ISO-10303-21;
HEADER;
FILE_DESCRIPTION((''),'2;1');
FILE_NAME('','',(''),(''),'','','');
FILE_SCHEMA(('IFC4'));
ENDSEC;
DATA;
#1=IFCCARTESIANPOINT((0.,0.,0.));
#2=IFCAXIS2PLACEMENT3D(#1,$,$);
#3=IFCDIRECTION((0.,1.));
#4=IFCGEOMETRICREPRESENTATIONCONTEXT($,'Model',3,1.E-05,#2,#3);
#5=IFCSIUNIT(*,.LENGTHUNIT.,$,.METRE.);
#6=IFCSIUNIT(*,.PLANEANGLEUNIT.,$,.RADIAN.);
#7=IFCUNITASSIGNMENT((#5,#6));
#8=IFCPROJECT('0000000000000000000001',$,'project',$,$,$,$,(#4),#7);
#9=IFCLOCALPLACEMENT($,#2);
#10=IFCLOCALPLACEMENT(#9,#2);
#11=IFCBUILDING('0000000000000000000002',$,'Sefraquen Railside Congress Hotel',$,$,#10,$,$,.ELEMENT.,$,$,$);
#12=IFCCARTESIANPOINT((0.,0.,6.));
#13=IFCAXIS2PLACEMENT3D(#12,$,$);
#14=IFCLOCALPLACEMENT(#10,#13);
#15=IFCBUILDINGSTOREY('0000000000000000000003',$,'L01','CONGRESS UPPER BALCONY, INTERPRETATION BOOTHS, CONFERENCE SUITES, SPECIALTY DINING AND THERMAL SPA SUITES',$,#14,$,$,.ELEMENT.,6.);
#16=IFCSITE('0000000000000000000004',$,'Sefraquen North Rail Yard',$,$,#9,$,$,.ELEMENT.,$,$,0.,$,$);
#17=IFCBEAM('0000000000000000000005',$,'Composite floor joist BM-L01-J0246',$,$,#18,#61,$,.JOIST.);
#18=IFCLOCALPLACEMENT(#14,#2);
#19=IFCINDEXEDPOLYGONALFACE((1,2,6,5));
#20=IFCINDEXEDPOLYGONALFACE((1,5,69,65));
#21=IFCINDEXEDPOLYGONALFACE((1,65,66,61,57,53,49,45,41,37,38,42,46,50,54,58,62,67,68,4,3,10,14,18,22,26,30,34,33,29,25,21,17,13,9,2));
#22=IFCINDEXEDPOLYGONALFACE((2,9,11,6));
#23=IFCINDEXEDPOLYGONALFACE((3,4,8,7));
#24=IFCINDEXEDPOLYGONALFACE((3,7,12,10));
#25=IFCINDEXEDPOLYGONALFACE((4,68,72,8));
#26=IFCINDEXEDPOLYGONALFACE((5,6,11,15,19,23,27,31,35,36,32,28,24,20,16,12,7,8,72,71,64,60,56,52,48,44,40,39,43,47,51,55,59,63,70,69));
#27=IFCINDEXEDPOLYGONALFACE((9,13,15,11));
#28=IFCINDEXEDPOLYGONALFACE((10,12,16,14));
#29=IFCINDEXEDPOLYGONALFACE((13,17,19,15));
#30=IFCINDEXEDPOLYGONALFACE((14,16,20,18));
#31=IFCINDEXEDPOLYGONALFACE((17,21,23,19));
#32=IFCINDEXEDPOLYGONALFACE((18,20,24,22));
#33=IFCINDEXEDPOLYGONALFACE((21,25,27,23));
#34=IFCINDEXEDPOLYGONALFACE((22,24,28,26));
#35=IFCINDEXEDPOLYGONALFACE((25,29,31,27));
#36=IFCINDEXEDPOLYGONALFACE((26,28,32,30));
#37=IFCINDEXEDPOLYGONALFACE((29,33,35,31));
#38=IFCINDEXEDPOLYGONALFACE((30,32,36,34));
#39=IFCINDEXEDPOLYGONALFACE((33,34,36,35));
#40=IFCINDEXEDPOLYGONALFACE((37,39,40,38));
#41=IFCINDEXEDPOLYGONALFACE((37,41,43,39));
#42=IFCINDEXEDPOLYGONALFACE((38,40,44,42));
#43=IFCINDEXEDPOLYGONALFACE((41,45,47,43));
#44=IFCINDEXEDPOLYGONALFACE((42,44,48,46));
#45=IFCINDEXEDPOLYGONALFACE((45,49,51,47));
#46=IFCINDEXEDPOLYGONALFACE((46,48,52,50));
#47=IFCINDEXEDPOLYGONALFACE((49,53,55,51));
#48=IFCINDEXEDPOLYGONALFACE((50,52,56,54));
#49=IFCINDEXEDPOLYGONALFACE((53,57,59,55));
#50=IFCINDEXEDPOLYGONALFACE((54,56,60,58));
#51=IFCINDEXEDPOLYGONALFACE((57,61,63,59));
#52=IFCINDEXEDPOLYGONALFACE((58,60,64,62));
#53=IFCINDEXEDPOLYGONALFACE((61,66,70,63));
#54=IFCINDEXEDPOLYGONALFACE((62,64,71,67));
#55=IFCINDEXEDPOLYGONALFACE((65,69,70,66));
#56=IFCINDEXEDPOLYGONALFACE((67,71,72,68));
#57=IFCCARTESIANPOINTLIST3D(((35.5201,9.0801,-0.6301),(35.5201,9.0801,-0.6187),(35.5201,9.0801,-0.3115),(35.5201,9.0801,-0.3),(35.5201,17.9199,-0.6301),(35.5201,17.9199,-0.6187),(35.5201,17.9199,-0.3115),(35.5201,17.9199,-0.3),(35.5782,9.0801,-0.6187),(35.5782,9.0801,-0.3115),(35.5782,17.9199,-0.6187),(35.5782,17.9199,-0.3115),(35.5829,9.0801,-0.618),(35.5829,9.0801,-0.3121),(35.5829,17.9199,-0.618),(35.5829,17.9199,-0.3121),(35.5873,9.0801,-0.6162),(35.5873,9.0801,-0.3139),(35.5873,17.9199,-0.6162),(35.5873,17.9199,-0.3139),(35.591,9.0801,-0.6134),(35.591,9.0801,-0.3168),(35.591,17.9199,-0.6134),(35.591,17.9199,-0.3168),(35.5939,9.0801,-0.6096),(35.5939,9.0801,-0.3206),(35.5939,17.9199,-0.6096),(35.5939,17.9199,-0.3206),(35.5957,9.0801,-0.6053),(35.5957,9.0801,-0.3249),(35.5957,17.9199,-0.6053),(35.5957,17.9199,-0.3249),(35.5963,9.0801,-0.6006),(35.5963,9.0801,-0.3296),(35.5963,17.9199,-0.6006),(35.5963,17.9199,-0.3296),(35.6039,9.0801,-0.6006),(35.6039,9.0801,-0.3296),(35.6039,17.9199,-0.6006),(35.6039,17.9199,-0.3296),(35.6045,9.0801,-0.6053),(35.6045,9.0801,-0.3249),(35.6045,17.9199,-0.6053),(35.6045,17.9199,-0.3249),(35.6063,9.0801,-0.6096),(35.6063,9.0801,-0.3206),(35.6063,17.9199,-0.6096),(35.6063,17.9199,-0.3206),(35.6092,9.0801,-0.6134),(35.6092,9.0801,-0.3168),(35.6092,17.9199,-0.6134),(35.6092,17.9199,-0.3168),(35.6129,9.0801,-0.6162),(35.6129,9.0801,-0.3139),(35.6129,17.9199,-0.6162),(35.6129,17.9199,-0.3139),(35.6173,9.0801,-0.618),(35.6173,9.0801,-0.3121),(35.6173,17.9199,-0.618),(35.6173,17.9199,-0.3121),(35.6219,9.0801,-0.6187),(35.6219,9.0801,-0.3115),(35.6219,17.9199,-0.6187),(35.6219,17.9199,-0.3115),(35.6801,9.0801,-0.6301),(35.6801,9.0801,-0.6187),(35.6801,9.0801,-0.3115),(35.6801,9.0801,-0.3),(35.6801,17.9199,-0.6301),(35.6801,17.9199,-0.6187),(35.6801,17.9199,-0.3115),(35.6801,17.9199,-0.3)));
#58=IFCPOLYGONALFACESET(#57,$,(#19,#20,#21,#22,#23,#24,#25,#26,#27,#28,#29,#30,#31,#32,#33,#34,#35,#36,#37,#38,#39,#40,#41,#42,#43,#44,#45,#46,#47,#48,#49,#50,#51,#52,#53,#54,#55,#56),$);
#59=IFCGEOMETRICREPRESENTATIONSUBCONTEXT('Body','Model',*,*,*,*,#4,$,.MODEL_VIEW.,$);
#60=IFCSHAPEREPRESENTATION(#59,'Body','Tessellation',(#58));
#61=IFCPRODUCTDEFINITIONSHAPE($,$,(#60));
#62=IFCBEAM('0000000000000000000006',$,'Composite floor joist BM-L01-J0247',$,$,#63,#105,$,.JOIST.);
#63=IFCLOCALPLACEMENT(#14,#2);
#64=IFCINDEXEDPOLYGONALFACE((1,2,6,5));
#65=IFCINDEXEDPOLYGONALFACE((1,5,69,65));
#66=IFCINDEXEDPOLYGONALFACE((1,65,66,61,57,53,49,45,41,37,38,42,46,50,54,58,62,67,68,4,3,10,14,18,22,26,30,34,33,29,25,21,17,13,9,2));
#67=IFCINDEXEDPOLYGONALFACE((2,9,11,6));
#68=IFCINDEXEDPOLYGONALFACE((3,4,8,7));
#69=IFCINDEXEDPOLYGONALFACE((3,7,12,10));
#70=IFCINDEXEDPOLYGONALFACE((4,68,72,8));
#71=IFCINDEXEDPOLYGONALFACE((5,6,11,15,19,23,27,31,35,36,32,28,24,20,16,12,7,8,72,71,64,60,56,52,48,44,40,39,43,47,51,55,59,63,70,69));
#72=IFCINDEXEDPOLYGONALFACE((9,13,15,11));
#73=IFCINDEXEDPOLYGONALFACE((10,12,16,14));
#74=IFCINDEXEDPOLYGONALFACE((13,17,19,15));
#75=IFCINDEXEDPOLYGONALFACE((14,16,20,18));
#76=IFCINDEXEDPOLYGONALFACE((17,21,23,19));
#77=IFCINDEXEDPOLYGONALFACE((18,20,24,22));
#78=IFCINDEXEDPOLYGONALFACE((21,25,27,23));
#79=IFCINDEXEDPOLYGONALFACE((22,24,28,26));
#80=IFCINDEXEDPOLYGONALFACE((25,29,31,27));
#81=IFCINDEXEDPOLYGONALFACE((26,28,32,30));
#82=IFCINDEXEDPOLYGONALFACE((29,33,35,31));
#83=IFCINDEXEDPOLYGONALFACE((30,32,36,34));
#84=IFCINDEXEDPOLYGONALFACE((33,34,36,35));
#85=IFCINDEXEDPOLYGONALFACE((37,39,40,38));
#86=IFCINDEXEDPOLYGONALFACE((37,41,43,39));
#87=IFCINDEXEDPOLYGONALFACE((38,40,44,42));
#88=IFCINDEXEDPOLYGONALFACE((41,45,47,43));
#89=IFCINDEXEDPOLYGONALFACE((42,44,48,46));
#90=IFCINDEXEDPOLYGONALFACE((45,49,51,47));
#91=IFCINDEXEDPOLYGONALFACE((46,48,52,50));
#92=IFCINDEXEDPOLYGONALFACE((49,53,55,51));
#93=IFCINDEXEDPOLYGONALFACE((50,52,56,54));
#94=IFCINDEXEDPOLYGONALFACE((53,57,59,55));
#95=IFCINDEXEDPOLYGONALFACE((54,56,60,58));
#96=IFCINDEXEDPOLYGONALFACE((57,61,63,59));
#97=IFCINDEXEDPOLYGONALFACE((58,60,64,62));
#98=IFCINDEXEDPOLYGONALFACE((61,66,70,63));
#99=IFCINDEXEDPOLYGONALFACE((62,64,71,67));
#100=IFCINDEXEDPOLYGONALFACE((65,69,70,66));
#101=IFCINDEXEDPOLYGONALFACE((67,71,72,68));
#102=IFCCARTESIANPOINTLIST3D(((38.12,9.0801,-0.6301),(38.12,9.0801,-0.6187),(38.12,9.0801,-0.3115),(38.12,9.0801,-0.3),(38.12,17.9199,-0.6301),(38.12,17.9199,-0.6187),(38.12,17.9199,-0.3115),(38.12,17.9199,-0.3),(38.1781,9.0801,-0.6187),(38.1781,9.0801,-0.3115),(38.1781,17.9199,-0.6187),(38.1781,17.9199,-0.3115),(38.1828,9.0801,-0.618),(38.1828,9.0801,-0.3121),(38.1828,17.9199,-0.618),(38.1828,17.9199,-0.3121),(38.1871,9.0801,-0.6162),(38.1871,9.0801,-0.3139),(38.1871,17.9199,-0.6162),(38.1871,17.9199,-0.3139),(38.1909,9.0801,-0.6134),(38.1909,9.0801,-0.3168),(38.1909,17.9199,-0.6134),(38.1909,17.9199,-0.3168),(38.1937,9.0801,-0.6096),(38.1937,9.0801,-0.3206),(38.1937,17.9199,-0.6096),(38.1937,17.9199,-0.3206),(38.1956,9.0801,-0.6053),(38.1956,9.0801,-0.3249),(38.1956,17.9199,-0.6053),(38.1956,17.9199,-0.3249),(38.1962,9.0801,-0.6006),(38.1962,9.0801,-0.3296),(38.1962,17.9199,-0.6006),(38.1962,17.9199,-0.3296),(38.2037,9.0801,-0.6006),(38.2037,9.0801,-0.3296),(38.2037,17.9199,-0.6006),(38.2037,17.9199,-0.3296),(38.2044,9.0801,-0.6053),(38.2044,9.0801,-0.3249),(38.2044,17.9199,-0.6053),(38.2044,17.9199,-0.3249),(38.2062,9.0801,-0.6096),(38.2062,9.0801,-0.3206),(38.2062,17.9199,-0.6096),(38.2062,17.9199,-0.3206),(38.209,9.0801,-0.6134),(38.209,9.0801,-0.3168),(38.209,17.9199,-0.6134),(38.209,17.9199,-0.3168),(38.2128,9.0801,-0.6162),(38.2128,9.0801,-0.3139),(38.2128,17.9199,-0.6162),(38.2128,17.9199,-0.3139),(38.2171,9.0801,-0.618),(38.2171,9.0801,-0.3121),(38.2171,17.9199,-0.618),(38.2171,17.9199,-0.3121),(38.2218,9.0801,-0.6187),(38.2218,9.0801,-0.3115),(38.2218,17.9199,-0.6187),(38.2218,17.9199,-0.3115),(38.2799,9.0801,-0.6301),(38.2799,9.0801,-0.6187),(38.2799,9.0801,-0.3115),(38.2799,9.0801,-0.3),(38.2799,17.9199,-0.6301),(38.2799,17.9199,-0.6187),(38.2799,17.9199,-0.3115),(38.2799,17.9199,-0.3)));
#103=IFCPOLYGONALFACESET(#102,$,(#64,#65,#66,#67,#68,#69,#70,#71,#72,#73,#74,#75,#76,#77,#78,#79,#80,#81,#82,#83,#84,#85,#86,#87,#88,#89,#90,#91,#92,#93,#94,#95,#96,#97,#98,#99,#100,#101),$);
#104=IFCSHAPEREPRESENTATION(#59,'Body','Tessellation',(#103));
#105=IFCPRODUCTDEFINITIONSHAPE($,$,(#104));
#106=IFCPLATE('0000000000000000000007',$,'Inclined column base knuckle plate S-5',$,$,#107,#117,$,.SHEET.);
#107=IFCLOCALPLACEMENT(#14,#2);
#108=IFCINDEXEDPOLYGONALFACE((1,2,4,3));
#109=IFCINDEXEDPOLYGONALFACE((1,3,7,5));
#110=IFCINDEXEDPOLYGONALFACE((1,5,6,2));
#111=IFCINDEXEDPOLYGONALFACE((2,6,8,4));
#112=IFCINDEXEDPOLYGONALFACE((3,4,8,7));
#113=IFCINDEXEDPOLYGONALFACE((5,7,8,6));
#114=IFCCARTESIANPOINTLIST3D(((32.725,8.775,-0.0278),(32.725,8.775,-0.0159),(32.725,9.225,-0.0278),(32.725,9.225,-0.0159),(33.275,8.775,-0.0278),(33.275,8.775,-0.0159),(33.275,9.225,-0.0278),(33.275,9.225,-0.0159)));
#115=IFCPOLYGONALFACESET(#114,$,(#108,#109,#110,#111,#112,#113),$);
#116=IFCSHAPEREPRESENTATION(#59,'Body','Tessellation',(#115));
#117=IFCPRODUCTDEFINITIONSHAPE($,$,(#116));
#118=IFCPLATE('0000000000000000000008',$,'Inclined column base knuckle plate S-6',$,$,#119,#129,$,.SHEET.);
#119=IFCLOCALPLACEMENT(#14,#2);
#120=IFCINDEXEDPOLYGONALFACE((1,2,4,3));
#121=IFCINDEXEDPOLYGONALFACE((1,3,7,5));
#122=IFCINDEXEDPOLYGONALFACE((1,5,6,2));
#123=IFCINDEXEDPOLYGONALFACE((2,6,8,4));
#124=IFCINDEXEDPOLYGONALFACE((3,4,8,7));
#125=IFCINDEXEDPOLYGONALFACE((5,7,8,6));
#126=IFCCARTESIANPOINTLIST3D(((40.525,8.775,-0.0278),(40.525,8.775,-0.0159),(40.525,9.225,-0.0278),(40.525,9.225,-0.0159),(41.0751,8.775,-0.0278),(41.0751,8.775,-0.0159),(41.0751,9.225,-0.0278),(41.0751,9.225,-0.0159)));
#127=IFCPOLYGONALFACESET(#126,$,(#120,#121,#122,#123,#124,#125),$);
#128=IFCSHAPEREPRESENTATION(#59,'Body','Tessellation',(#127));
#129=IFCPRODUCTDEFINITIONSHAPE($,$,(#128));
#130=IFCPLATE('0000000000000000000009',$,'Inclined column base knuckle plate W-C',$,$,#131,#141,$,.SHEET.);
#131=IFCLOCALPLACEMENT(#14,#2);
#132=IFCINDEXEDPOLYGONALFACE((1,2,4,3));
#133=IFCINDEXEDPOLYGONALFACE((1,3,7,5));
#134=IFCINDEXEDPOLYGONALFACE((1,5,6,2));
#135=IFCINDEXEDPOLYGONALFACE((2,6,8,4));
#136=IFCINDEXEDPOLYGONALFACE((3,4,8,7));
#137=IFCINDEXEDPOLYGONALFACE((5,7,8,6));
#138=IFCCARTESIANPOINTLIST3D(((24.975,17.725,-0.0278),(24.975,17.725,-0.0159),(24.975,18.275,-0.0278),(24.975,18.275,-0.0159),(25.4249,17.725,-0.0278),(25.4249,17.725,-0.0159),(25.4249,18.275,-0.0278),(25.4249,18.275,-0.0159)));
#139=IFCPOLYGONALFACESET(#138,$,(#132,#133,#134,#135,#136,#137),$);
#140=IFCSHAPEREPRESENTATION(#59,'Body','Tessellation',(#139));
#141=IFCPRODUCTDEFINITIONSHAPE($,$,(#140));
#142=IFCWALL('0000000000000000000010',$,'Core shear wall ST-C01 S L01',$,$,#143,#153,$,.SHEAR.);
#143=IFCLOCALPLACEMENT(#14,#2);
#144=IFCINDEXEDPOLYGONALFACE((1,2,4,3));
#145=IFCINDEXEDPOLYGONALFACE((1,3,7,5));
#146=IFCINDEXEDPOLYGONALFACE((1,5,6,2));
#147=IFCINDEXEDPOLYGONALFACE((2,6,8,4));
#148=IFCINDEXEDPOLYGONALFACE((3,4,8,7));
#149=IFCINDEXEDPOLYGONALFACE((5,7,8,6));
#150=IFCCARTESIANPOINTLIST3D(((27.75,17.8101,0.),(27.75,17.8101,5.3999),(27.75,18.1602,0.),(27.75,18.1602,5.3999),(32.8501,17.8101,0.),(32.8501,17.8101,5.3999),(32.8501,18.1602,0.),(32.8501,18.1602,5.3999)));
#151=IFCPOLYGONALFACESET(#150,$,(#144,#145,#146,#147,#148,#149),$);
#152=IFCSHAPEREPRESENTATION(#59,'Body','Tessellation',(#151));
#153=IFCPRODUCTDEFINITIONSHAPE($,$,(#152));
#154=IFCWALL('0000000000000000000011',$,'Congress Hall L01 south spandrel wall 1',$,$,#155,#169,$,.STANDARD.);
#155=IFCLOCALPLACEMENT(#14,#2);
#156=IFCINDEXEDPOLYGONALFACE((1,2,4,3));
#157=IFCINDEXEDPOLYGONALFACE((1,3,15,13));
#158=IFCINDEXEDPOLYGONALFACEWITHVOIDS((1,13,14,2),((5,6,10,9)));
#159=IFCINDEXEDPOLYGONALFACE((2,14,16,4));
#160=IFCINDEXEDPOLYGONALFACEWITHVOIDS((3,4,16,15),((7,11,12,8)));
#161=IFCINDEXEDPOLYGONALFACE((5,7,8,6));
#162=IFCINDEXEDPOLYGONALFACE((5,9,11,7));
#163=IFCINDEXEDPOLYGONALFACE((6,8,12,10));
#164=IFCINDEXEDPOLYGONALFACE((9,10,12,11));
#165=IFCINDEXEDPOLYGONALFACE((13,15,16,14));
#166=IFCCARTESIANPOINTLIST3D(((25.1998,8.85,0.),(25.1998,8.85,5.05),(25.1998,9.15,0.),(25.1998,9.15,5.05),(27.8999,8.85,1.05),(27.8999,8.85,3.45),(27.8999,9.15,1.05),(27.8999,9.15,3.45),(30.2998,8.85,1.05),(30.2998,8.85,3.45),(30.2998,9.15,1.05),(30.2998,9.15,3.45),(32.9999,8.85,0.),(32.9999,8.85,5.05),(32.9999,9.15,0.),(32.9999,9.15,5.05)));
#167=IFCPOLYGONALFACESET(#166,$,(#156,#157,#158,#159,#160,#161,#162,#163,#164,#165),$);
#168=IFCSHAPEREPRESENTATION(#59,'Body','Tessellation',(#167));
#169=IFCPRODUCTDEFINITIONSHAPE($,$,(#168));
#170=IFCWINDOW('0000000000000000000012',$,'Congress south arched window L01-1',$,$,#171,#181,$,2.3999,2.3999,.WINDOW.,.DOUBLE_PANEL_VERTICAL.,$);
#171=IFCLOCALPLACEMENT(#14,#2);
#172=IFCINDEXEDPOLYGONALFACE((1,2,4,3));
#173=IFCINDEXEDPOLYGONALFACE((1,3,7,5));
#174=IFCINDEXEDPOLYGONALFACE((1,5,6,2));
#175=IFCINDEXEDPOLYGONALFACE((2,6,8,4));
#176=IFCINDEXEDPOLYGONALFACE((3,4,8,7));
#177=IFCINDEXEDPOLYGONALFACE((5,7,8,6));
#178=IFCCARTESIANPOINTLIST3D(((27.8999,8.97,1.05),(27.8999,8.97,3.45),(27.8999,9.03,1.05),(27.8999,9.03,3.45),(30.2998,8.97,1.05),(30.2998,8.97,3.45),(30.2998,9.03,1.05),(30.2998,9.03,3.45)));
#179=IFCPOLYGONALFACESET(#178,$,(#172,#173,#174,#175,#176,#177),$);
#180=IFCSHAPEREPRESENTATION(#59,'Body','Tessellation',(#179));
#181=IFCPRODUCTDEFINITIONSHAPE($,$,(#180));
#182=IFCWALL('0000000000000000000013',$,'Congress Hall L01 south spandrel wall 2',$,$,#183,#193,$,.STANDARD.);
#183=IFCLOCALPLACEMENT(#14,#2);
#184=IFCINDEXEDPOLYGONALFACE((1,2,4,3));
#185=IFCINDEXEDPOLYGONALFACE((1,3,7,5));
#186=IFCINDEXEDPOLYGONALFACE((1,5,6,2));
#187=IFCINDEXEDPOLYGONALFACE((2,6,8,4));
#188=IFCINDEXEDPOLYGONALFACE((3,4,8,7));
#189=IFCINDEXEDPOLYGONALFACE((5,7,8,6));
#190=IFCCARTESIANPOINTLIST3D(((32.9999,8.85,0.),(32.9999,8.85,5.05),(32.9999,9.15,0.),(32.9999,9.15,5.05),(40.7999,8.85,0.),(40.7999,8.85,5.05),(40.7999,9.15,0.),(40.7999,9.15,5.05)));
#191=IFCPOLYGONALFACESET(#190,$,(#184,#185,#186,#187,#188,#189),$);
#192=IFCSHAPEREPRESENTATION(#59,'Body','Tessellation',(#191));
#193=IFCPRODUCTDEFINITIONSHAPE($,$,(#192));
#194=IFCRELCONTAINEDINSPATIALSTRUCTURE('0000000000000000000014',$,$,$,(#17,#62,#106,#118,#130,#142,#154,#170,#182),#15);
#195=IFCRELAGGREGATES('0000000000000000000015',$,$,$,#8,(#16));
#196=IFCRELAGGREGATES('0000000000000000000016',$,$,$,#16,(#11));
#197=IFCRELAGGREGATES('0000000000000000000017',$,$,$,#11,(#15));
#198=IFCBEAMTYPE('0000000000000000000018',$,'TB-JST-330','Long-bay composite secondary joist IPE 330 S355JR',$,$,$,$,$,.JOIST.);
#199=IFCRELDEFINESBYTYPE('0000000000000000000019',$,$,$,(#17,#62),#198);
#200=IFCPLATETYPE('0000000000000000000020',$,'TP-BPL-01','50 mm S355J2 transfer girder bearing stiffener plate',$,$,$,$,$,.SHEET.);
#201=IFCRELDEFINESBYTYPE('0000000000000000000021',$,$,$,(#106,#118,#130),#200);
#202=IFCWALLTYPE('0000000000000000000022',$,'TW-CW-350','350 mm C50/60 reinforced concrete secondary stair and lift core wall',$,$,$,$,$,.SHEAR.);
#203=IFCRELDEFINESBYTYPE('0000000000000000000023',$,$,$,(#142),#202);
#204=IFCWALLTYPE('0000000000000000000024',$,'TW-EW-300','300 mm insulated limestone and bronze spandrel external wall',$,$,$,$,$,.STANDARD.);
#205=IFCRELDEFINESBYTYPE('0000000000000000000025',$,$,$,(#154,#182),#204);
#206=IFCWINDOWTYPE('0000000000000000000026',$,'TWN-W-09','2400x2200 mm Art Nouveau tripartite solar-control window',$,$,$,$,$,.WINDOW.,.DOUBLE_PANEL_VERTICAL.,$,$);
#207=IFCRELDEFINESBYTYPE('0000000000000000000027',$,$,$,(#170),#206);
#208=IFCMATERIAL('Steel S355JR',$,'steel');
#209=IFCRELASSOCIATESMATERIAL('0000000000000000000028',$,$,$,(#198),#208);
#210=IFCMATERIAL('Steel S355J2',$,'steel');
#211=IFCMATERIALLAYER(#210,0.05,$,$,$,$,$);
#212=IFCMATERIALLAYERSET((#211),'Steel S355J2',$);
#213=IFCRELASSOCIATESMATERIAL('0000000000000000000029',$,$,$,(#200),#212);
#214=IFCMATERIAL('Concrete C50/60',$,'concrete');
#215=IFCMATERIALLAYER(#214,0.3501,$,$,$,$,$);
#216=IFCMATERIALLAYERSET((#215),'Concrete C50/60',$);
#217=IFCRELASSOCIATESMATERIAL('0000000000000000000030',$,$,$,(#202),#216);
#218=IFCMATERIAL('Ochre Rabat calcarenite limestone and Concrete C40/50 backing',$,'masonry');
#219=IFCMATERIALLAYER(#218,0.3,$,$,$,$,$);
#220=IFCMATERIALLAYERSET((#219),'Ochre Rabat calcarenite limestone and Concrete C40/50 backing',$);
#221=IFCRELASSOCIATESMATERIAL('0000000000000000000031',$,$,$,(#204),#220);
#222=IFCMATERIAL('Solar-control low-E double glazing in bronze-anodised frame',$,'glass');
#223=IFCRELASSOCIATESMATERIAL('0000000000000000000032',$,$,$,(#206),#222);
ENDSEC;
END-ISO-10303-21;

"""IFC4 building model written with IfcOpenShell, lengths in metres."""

from ifc_helpers import new_model, si_unit, direction, frame, frame_2d, origin, origin_2d, place, context, subcontext, project, spatial, rectangle, i_section, extrude, material, layer, layer_set, material_profile, profile_set, type_object, element, fill, save


model = new_model("IFC4")

# Units and contexts
model_context = context("Model", 3, precision=1e-05, world=origin(), true_north=direction((0.0, 1.0)))
body_context = subcontext(model_context, "Body", "Model", "MODEL_VIEW")
ifc_project = project(units=[si_unit("LENGTHUNIT", "METRE"), si_unit("PLANEANGLEUNIT", "RADIAN")], contexts=[model_context])

# Site, building, storey
site_placement = place(None, origin())
site = spatial("IfcSite", under=ifc_project, at=site_placement, Name="Sefraquen North Rail Yard", CompositionType="ELEMENT", RefElevation=0.0)
building_placement = place(site_placement, origin())
building = spatial("IfcBuilding", under=site, at=building_placement, Name="Sefraquen Railside Congress Hotel", CompositionType="ELEMENT")
storey_placement = place(building_placement, frame((0.0, 0.0, 6.0)))
storey = spatial("IfcBuildingStorey", under=building, at=storey_placement, Name="L01", Description="CONGRESS UPPER BALCONY, INTERPRETATION BOOTHS, CONFERENCE SUITES, SPECIALTY DINING AND THERMAL SPA SUITES", CompositionType="ELEMENT", Elevation=6.0)

# Shared definitions
ifc_material_1 = material(Name="Steel S355JR", Category="steel")
ifc_material_2 = material(Name="Steel S355J2", Category="steel")

# Beams
ifc_material_profile_1 = material_profile(ifc_material_1, i_section(OverallWidth=0.1599, OverallDepth=0.3301, WebThickness=0.0076, FlangeThickness=0.0115, FilletRadius=0.0181, at=origin_2d()), Name="IPE 330")
ifc_profile_set_1 = profile_set([ifc_material_profile_1], Name="Steel S355JR")
beam_type_1 = type_object("IfcBeamType", Name="TB-JST-330", Description="Long-bay composite secondary joist IPE 330 S355JR", PredefinedType="JOIST", material=ifc_profile_set_1)
for number, where, z_axis, x_axis, name in (
    (1, (35.6001, 9.0801, -0.4651), (0.0, 1.0, 0.0), (-1.0, 0.0, 0.0), "Composite floor joist BM-L01-J0246"),
    (2, (38.2, 9.0801, -0.4651), (0.0, 1.0, 0.0), (-1.0, 0.0, 0.0), "Composite floor joist BM-L01-J0247"),
):
    element("IfcBeam", number, at=place(storey_placement, frame(where, z_axis=z_axis, x_axis=x_axis)), inside=storey, type_object=beam_type_1, Name=name, PredefinedType="JOIST", context=body_context, shape_type="SweptSolid", body=[
        extrude(i_section(OverallWidth=0.1599, OverallDepth=0.3301, WebThickness=0.0076, FlangeThickness=0.0115, FilletRadius=0.0181, at=origin_2d()), origin(), (0.0, 0.0, 1.0), 8.8398),
    ])

# Plates
ifc_layer_1 = layer(ifc_material_2, 0.05)
ifc_layer_set_1 = layer_set([ifc_layer_1], Name="Steel S355J2")
plate_type = type_object("IfcPlateType", Name="TP-BPL-01", Description="50 mm S355J2 transfer girder bearing stiffener plate", PredefinedType="SHEET", material=ifc_layer_set_1)
for number, where, z_axis, x_axis, name in (
    (3, (33.0, 9.0, -0.0278), (0.0, 0.0, 1.0), (1.0, 0.0, 0.0), "Inclined column base knuckle plate S-5"),
    (4, (40.8, 9.0, -0.0278), (0.0, 0.0, 1.0), (1.0, 0.0, 0.0), "Inclined column base knuckle plate S-6"),
):
    element("IfcPlate", number, at=place(storey_placement, frame(where, z_axis=z_axis, x_axis=x_axis)), inside=storey, type_object=plate_type, Name=name, PredefinedType="SHEET", context=body_context, shape_type="SweptSolid", body=[
        extrude(rectangle(XDim=0.55, YDim=0.45, at=origin_2d()), origin(), (0.0, 0.0, 1.0), 0.012),
    ])
plate_placement = place(storey_placement, frame((25.2, 18.0, -0.0278), z_axis=(0.0, 0.0, 1.0), x_axis=(1.0, 0.0, 0.0)))
element("IfcPlate", 5, at=plate_placement, inside=storey, type_object=plate_type, Name="Inclined column base knuckle plate W-C", PredefinedType="SHEET", context=body_context, shape_type="SweptSolid", body=[
    extrude(rectangle(XDim=0.45, YDim=0.55, at=origin_2d()), origin(), (0.0, 0.0, 1.0), 0.012),
])

# Wall
ifc_material_3 = material(Name="Concrete C50/60", Category="concrete")
ifc_layer_2 = layer(ifc_material_3, 0.3501)
ifc_layer_set_2 = layer_set([ifc_layer_2], Name="Concrete C50/60")
wall_type_1 = type_object("IfcWallType", Name="TW-CW-350", Description="350 mm C50/60 reinforced concrete secondary stair and lift core wall", PredefinedType="SHEAR", material=ifc_layer_set_2)
wall_1_placement = place(storey_placement, frame((27.75, 17.9851, 0.0), z_axis=(0.0, 0.0, 1.0), x_axis=(1.0, 0.0, 0.0)))
element("IfcWall", 6, at=wall_1_placement, inside=storey, type_object=wall_type_1, Name="Core shear wall ST-C01 S L01", PredefinedType="SHEAR", context=body_context, shape_type="SweptSolid", body=[
    extrude(rectangle(XDim=5.1001, YDim=0.3501, at=frame_2d((2.55, 0.0))), origin(), (0.0, 0.0, 1.0), 5.3999),
])

# Wall, opening, window
ifc_material_4 = material(Name="Ochre Rabat calcarenite limestone and Concrete C40/50 backing", Category="masonry")
ifc_layer_3 = layer(ifc_material_4, 0.3)
ifc_layer_set_3 = layer_set([ifc_layer_3], Name="Ochre Rabat calcarenite limestone and Concrete C40/50 backing")
wall_type_2 = type_object("IfcWallType", Name="TW-EW-300", Description="300 mm insulated limestone and bronze spandrel external wall", PredefinedType="STANDARD", material=ifc_layer_set_3)
wall_2_placement = place(storey_placement, frame((25.2, 9.0, 0.0), z_axis=(0.0, 0.0, 1.0), x_axis=(1.0, 0.0, 0.0)))
wall_2 = element("IfcWall", 7, at=wall_2_placement, inside=storey, type_object=wall_type_2, Name="Congress Hall L01 south spandrel wall 1", PredefinedType="STANDARD", context=body_context, shape_type="SweptSolid", body=[
    extrude(rectangle(XDim=7.8, YDim=0.3, at=frame_2d((3.8999, 0.0))), origin(), (0.0, 0.0, 1.0), 5.05),
])
opening_1_placement = place(wall_2_placement, frame((2.7, 0.0, 1.05)))
opening_1 = element("IfcOpeningElement", 8, at=opening_1_placement, cuts=wall_2, PredefinedType="OPENING", context=body_context, shape_type="SweptSolid", body=[
    extrude(rectangle(XDim=2.3999, YDim=2.3999, at=frame_2d((1.2, 1.2))), frame((0.0, 0.1599, 0.0), z_axis=(0.0, -1.0, 0.0), x_axis=(1.0, 0.0, 0.0)), (0.0, 0.0, 1.0), 0.3201),
])
ifc_material_5 = material(Name="Solar-control low-E double glazing in bronze-anodised frame", Category="glass")
window_type_1 = type_object("IfcWindowType", Name="TWN-W-09", Description="2400x2200 mm Art Nouveau tripartite solar-control window", PartitioningType="DOUBLE_PANEL_VERTICAL", PredefinedType="WINDOW", material=ifc_material_5)
window_1_placement = place(opening_1_placement, origin())
window_1 = element("IfcWindow", 9, at=window_1_placement, inside=storey, type_object=window_type_1, Name="Congress south arched window L01-1", OverallHeight=2.3999, OverallWidth=2.3999, PartitioningType="DOUBLE_PANEL_VERTICAL", PredefinedType="WINDOW", context=body_context, shape_type="SweptSolid", body=[
    extrude(rectangle(XDim=2.3999, YDim=2.3999, at=frame_2d((1.2, 1.2))), frame((0.0, 0.03, 0.0), z_axis=(0.0, -1.0, 0.0), x_axis=(1.0, 0.0, 0.0)), (0.0, 0.0, 1.0), 0.0601),
])
fill(opening_1, window_1)

# Wall
for number, where, z_axis, x_axis, name in (
    (10, (33.0, 9.0, 0.0), (0.0, 0.0, 1.0), (1.0, 0.0, 0.0), "Congress Hall L01 south spandrel wall 2"),
):
    element("IfcWall", number, at=place(storey_placement, frame(where, z_axis=z_axis, x_axis=x_axis)), inside=storey, type_object=wall_type_2, Name=name, PredefinedType="STANDARD", context=body_context, shape_type="SweptSolid", body=[
        extrude(rectangle(XDim=7.8, YDim=0.3, at=frame_2d((3.8999, 0.0))), origin(), (0.0, 0.0, 1.0), 5.05),
    ])

save(model, "model.ifc")
